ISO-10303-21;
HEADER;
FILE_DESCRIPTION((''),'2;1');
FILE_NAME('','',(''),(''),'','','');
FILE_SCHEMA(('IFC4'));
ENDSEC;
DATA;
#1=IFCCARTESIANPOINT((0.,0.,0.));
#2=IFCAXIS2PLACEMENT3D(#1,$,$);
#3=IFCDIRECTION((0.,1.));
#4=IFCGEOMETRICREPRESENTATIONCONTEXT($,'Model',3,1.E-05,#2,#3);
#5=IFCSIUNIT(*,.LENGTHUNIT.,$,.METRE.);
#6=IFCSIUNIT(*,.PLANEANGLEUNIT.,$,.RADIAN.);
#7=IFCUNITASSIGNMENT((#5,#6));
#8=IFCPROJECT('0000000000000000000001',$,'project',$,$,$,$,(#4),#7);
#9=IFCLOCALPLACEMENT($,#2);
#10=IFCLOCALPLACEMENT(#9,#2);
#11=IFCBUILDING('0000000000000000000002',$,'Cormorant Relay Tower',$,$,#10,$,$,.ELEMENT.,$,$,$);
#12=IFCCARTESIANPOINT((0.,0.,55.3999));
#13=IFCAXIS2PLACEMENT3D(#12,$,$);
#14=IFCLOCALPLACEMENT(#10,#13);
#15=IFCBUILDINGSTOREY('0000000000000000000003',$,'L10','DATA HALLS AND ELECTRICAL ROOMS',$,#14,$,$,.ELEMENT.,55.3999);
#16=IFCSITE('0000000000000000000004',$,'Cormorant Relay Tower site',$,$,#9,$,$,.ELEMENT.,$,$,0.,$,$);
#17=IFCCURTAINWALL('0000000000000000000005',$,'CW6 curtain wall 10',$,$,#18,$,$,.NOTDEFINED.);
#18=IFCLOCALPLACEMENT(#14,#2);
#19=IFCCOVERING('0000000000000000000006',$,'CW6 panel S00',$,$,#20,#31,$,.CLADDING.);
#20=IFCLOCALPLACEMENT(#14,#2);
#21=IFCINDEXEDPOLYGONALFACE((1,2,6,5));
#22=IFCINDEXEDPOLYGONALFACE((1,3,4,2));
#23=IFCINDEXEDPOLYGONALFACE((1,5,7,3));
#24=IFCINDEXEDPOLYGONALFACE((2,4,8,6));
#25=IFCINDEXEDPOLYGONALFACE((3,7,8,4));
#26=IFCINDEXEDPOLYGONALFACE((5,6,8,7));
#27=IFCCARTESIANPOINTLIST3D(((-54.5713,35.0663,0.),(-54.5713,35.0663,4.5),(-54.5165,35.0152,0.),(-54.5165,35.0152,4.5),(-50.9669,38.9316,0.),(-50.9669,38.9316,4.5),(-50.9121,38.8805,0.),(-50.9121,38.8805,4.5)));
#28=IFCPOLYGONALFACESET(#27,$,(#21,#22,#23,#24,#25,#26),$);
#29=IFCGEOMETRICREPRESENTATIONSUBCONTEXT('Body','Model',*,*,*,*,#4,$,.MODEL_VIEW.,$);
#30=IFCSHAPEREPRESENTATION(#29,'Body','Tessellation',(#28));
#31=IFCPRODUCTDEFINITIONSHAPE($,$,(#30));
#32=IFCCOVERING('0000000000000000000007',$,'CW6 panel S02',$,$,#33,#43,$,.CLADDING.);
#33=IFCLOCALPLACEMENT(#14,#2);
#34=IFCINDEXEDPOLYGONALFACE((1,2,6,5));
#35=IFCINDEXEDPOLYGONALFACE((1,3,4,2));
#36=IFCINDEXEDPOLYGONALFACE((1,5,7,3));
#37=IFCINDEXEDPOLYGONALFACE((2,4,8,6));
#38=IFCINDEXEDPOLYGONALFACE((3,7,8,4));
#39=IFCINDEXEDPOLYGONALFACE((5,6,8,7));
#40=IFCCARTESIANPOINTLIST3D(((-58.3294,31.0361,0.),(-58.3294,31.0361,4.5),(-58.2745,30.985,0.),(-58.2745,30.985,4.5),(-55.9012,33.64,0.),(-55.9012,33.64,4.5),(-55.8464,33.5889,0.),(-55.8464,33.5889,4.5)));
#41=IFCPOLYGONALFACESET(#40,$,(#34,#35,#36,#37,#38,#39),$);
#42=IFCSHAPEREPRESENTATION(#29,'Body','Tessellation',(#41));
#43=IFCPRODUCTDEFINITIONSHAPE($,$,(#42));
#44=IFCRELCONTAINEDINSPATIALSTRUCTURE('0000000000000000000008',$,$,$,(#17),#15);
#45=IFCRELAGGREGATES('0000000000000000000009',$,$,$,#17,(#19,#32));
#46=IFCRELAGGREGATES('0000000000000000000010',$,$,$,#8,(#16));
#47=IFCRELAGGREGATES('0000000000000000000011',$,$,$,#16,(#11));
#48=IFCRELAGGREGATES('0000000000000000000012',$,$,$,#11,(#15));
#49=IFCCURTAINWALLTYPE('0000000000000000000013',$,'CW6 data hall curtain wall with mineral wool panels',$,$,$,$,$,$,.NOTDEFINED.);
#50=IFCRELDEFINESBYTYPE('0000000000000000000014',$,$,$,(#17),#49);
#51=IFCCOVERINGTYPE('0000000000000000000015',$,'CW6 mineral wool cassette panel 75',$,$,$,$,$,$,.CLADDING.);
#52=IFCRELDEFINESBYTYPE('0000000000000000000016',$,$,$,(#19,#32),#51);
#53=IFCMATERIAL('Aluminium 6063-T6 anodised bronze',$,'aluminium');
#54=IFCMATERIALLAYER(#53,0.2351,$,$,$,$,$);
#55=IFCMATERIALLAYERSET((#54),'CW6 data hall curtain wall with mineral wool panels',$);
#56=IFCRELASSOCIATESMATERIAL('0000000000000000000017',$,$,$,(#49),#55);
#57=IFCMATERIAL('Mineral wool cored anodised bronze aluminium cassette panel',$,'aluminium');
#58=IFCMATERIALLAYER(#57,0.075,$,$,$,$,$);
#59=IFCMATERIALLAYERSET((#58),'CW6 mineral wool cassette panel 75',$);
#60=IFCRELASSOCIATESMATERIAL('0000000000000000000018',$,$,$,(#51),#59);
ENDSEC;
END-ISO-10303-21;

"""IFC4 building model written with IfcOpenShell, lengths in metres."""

from ifc_helpers import new_model, si_unit, direction, frame, origin, origin_2d, place, context, subcontext, project, spatial, rectangle, extrude, material, layer, layer_set, type_object, element, aggregate, save


model = new_model("IFC4")

# Units and contexts
model_context = context("Model", 3, precision=1e-05, world=origin(), true_north=direction((0.0, 1.0)))
body_context = subcontext(model_context, "Body", "Model", "MODEL_VIEW")
ifc_project = project(units=[si_unit("LENGTHUNIT", "METRE"), si_unit("PLANEANGLEUNIT", "RADIAN")], contexts=[model_context])

# Site, building, storey
site_placement = place(None, origin())
site = spatial("IfcSite", under=ifc_project, at=site_placement, Name="Cormorant Relay Tower site", CompositionType="ELEMENT", RefElevation=0.0)
building_placement = place(site_placement, origin())
building = spatial("IfcBuilding", under=site, at=building_placement, Name="Cormorant Relay Tower", CompositionType="ELEMENT")
storey_placement = place(building_placement, frame((0.0, 0.0, 55.3999)))
storey = spatial("IfcBuildingStorey", under=building, at=storey_placement, Name="L10", Description="DATA HALLS AND ELECTRICAL ROOMS", CompositionType="ELEMENT", Elevation=55.3999)

# Curtain wall
ifc_material_1 = material(Name="Aluminium 6063-T6 anodised bronze", Category="aluminium")
ifc_layer_1 = layer(ifc_material_1, 0.2351)
ifc_layer_set_1 = layer_set([ifc_layer_1], Name="CW6 data hall curtain wall with mineral wool panels")
curtain_wall_type = type_object("IfcCurtainWallType", Name="CW6 data hall curtain wall with mineral wool panels", PredefinedType="NOTDEFINED", material=ifc_layer_set_1)
curtain_wall_1_placement = place(storey_placement, origin())
curtain_wall_1 = element("IfcCurtainWall", 1, at=curtain_wall_1_placement, inside=storey, type_object=curtain_wall_type, Name="CW6 curtain wall 10", PredefinedType="NOTDEFINED")

# Coverings
ifc_material_2 = material(Name="Mineral wool cored anodised bronze aluminium cassette panel", Category="aluminium")
ifc_layer_2 = layer(ifc_material_2, 0.075)
ifc_layer_set_2 = layer_set([ifc_layer_2], Name="CW6 mineral wool cassette panel 75")
covering_type = type_object("IfcCoveringType", Name="CW6 mineral wool cassette panel 75", PredefinedType="CLADDING", material=ifc_layer_set_2)
covering_1_placement = place(storey_placement, frame((-52.7417, 36.9734, 0.0), z_axis=(0.0, 0.0, 1.0), x_axis=(-0.681998, -0.731354, 0.0)))
covering_1 = element("IfcCovering", 2, at=covering_1_placement, type_object=covering_type, Name="CW6 panel S00", PredefinedType="CLADDING", context=body_context, shape_type="SweptSolid", body=[
    extrude(rectangle(XDim=5.2852, YDim=0.075, at=origin_2d()), origin(), (0.0, 0.0, 1.0), 4.5),
])
covering_2_placement = place(storey_placement, frame((-57.0879, 32.3125, 0.0), z_axis=(0.0, 0.0, 1.0), x_axis=(-0.681998, -0.731354, 0.0)))
covering_2 = element("IfcCovering", 3, at=covering_2_placement, type_object=covering_type, Name="CW6 panel S02", PredefinedType="CLADDING", context=body_context, shape_type="SweptSolid", body=[
    extrude(rectangle(XDim=3.5603, YDim=0.075, at=origin_2d()), origin(), (0.0, 0.0, 1.0), 4.5),
])
aggregate(curtain_wall_1, [covering_1, covering_2])

save(model, "model.ifc")
